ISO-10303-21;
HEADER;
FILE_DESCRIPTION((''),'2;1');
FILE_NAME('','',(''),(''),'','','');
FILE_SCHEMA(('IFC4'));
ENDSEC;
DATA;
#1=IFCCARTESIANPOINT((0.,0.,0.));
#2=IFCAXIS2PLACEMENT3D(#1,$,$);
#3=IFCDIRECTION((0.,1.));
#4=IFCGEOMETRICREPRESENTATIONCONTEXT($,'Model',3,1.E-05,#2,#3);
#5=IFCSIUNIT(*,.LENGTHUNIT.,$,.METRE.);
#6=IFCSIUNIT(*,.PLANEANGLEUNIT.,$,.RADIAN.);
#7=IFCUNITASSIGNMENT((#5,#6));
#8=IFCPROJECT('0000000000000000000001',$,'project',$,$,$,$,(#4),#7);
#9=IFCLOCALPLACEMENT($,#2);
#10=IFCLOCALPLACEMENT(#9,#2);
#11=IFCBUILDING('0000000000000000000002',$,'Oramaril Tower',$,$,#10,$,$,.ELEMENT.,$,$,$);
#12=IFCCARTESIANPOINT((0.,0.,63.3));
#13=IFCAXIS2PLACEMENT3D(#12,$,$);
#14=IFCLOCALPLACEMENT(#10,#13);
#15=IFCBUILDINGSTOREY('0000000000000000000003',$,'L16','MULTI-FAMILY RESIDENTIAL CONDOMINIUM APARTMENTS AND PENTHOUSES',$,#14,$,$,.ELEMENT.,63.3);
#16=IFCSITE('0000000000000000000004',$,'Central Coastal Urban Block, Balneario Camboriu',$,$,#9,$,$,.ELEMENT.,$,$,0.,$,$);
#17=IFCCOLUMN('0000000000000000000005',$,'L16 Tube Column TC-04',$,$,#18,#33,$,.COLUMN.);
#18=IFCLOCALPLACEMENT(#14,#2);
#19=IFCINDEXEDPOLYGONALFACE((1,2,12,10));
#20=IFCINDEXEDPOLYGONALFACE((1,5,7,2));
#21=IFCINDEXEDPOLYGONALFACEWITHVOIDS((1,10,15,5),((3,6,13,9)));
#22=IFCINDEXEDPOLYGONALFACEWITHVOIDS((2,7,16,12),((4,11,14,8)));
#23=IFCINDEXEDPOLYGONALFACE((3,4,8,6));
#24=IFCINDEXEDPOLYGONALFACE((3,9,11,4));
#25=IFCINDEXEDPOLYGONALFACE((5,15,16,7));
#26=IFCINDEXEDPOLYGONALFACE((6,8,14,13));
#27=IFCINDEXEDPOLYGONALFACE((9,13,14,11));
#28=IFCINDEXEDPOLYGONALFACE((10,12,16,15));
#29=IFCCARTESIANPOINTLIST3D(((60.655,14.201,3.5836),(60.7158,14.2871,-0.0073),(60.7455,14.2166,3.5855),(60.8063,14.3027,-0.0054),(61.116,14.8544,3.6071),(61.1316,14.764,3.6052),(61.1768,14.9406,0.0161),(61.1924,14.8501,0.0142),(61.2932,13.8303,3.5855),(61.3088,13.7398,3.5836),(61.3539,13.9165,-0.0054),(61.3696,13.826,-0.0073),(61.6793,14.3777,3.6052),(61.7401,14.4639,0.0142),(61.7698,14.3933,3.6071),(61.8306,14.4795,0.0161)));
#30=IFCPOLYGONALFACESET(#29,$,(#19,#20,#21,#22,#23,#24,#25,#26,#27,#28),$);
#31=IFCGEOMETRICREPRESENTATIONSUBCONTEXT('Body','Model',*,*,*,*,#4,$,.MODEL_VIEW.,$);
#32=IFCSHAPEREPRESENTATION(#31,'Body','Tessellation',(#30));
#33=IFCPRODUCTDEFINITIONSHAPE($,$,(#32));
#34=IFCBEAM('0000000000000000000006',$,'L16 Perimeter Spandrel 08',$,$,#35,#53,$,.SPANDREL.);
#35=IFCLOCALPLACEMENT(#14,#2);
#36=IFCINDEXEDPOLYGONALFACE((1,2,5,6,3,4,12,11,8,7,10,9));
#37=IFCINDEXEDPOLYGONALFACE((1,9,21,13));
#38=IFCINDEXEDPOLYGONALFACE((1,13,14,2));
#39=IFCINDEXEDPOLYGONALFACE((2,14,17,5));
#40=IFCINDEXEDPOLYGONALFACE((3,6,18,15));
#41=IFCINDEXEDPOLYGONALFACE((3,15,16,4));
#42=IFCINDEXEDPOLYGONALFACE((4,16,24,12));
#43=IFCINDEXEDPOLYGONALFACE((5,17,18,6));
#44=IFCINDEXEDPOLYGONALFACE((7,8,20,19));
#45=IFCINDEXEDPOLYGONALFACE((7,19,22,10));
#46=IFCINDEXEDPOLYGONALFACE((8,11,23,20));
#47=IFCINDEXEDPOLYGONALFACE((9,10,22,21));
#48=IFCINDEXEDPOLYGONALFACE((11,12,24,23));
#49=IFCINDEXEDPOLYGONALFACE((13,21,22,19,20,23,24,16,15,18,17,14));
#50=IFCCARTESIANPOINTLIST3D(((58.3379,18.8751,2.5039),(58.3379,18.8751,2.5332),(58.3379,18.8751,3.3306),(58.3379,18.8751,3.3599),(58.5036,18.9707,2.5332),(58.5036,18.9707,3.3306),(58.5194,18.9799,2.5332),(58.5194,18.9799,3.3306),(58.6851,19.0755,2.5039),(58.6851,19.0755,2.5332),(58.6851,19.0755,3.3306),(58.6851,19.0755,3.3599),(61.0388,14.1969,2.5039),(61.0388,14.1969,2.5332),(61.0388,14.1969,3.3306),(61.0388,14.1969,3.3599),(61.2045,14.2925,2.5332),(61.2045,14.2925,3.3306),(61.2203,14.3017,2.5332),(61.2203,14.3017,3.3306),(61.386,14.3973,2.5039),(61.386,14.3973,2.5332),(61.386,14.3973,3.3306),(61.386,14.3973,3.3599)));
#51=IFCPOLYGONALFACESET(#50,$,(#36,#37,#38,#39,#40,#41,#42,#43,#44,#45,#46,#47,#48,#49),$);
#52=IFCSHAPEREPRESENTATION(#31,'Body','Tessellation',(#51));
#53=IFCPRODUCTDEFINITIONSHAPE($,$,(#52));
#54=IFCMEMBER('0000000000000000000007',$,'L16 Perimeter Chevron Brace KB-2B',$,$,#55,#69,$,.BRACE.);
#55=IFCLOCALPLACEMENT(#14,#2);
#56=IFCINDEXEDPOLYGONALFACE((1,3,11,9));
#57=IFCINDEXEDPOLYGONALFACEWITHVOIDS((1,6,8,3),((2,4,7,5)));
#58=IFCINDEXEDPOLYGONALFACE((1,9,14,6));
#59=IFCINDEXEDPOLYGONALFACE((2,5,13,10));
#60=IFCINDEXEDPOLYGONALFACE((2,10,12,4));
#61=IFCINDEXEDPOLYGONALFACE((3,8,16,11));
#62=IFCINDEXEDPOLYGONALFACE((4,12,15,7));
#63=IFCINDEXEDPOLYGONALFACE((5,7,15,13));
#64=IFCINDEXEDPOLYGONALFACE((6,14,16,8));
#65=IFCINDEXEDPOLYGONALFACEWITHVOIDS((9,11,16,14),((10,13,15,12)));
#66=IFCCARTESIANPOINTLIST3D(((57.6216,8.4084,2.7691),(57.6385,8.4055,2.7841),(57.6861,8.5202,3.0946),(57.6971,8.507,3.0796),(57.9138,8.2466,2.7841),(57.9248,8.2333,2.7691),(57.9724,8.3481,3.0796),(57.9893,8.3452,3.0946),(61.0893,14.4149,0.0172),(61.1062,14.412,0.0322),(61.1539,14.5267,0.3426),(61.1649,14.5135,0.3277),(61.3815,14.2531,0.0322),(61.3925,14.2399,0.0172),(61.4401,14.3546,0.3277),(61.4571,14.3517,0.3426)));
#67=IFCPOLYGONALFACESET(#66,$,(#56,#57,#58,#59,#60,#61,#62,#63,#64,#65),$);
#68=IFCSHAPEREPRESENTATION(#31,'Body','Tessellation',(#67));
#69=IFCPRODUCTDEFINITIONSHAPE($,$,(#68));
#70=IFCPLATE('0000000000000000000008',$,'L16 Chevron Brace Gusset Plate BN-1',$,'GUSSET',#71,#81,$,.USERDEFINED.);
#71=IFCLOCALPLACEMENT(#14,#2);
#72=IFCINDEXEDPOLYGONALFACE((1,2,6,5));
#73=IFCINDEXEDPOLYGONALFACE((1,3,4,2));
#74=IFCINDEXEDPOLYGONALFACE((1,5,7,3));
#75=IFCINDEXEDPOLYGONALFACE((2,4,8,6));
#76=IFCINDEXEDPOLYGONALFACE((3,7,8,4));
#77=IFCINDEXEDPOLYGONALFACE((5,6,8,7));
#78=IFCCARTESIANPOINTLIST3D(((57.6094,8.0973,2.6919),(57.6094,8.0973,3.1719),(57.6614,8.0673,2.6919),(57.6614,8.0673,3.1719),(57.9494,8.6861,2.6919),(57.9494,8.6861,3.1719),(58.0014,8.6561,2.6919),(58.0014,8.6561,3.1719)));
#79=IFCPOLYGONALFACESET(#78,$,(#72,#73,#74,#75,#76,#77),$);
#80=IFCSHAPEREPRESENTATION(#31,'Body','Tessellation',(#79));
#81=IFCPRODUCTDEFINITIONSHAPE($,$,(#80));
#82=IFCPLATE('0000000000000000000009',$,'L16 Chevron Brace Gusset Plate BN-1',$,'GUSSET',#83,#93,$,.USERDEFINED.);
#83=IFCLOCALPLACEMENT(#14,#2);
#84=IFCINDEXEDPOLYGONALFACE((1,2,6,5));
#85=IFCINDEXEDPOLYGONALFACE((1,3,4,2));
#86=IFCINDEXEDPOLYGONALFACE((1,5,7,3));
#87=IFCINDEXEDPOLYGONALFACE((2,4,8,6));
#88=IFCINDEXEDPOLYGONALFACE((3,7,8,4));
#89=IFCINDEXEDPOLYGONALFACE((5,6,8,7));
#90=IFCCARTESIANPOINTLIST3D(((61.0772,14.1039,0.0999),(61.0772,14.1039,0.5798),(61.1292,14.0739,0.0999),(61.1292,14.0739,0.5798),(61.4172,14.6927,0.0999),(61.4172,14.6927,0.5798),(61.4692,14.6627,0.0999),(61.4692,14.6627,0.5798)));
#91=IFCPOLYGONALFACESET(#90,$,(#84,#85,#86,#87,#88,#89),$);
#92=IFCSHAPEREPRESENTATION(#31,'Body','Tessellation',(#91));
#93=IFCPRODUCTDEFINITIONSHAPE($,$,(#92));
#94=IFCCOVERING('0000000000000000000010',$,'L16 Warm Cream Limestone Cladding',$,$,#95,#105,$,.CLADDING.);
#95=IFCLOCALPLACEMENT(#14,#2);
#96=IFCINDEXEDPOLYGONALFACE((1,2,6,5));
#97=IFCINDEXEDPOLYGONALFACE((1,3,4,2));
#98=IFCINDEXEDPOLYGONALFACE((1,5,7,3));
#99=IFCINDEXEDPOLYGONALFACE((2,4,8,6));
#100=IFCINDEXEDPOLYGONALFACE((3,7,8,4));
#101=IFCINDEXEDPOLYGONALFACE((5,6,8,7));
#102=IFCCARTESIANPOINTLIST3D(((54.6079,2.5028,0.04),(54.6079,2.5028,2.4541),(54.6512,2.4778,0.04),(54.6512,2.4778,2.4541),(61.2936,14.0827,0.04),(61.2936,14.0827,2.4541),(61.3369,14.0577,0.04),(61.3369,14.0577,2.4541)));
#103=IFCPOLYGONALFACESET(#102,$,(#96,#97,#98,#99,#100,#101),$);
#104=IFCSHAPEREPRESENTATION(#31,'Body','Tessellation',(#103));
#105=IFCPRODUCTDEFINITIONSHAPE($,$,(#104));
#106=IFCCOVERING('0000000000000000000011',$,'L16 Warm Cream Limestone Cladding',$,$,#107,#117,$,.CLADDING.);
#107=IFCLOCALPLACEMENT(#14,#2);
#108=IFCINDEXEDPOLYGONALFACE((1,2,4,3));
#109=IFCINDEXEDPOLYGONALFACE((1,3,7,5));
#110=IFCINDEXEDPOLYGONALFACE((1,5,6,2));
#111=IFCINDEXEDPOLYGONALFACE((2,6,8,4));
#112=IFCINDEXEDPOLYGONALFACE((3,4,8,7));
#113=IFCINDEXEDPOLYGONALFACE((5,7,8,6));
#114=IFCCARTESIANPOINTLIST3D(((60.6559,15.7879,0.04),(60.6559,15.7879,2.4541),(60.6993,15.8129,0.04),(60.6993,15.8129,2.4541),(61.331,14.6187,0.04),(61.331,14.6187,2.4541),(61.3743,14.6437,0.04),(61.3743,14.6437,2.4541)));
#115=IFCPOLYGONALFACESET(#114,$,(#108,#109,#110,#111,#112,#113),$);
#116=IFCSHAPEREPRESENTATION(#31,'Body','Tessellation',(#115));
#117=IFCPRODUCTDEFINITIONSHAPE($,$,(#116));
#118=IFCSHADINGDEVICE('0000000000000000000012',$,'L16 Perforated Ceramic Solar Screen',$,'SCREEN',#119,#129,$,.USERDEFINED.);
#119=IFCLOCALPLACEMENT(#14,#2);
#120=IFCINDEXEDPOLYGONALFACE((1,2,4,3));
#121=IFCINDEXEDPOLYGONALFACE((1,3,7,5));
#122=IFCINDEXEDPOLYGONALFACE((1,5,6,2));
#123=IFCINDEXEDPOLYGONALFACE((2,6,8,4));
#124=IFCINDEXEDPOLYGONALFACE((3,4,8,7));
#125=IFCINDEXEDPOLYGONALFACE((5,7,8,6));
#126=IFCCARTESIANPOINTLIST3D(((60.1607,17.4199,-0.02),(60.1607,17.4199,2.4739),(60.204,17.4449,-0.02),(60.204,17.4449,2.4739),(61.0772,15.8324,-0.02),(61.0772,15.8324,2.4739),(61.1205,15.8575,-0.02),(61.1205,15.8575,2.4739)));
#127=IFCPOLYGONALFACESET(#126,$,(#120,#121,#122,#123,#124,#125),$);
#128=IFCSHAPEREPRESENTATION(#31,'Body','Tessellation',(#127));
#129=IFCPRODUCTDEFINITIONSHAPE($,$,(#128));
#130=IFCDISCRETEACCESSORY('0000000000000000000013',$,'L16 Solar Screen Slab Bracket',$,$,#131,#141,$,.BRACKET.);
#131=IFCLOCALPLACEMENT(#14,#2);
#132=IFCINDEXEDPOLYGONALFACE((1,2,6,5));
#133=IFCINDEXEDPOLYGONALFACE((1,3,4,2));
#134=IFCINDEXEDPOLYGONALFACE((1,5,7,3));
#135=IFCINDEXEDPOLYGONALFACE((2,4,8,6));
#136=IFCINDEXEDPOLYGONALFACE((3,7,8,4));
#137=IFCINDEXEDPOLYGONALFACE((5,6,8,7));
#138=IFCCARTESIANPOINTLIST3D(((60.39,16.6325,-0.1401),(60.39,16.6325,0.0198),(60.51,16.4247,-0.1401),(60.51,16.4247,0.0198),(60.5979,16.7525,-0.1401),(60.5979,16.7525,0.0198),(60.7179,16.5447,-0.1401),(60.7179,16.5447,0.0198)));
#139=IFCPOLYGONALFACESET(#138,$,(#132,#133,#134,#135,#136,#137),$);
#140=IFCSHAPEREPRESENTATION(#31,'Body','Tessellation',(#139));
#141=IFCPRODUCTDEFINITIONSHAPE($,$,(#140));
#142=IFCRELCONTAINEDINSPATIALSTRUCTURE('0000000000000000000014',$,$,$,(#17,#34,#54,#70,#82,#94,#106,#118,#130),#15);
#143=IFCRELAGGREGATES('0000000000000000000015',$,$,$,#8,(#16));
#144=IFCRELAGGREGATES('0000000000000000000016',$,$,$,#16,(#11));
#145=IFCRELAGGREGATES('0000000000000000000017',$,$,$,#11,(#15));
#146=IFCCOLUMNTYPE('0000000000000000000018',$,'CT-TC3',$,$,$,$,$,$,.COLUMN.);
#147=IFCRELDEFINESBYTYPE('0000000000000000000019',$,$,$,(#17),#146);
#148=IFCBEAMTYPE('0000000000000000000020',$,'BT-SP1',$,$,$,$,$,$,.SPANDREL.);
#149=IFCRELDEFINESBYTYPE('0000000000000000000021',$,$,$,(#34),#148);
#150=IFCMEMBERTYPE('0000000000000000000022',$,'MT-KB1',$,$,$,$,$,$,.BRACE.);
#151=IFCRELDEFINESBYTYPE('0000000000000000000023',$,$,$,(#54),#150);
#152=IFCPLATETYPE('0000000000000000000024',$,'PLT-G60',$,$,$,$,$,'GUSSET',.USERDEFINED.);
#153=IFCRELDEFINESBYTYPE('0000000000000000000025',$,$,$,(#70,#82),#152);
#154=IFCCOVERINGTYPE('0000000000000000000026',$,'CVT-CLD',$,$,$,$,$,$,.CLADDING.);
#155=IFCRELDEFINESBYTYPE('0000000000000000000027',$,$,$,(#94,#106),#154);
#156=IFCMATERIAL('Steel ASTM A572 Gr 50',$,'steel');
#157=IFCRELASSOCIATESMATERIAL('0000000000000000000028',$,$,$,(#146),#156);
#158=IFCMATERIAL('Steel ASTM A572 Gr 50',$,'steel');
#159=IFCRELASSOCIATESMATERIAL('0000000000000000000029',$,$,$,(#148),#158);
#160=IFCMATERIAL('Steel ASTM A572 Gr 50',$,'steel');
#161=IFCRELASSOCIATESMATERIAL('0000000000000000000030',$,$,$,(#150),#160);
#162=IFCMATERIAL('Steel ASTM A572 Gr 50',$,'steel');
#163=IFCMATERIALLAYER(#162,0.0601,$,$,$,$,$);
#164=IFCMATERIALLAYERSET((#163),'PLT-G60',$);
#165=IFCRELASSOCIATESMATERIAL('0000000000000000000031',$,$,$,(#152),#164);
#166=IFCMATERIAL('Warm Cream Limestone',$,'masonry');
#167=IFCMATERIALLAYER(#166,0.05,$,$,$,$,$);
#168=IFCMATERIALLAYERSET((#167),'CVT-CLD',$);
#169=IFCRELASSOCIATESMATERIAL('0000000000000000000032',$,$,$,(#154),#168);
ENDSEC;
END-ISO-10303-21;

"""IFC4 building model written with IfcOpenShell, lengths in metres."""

from ifc_helpers import new_model, si_unit, direction, frame, origin, origin_2d, place, context, subcontext, project, spatial, rectangle, hollow_rectangle, i_section, extrude, material, layer, layer_set, material_profile, profile_set, type_object, element, save


model = new_model("IFC4")

# Units and contexts
model_context = context("Model", 3, precision=1e-05, world=origin(), true_north=direction((0.0, 1.0)))
body_context = subcontext(model_context, "Body", "Model", "MODEL_VIEW")
ifc_project = project(units=[si_unit("LENGTHUNIT", "METRE"), si_unit("PLANEANGLEUNIT", "RADIAN")], contexts=[model_context])

# Site, building, storey
site_placement = place(None, origin())
site = spatial("IfcSite", under=ifc_project, at=site_placement, Name="Central Coastal Urban Block, Balneario Camboriu", CompositionType="ELEMENT", RefElevation=0.0)
building_placement = place(site_placement, origin())
building = spatial("IfcBuilding", under=site, at=building_placement, Name="Oramaril Tower", CompositionType="ELEMENT")
storey_placement = place(building_placement, frame((0.0, 0.0, 63.3)))
storey = spatial("IfcBuildingStorey", under=building, at=storey_placement, Name="L16", Description="MULTI-FAMILY RESIDENTIAL CONDOMINIUM APARTMENTS AND PENTHOUSES", CompositionType="ELEMENT", Elevation=63.3)

# Column
ifc_material_1 = material(Name="Steel ASTM A572 Gr 50", Category="steel")
ifc_material_profile_1 = material_profile(ifc_material_1, hollow_rectangle(XDim=0.8, YDim=0.8, WallThickness=0.0649, at=origin_2d()), Name="BOX800X800X65")
ifc_profile_set_1 = profile_set([ifc_material_profile_1], Name="Steel ASTM A572 Gr 50")
column_type = type_object("IfcColumnType", Name="CT-TC3", PredefinedType="COLUMN", material=ifc_profile_set_1)
column_placement = place(storey_placement, frame((61.2732, 14.3833, 0.0044), z_axis=(-0.016921, -0.023989, 0.999569), x_axis=(0.81716, -0.576411, 0.0)))
element("IfcColumn", 1, at=column_placement, inside=storey, type_object=column_type, Name="L16 Tube Column TC-04", PredefinedType="COLUMN", context=body_context, shape_type="SweptSolid", body=[
    extrude(hollow_rectangle(XDim=0.8, YDim=0.8, WallThickness=0.0649, at=origin_2d()), origin(), (0.0, 0.0, 1.0), 3.5925),
])

# Beam
ifc_material_2 = material(Name="Steel ASTM A572 Gr 50", Category="steel")
ifc_material_profile_2 = material_profile(ifc_material_2, i_section(OverallWidth=0.4009, OverallDepth=0.856, WebThickness=0.0183, FlangeThickness=0.0293, at=origin_2d()), Name="W33X201")
ifc_profile_set_2 = profile_set([ifc_material_profile_2], Name="Steel ASTM A572 Gr 50")
beam_type = type_object("IfcBeamType", Name="BT-SP1", PredefinedType="SPANDREL", material=ifc_profile_set_2)
beam_placement = place(storey_placement, frame((61.2124, 14.2971, 2.9319), z_axis=(-0.499994, 0.866029, 0.0), x_axis=(-0.866029, -0.499994, 0.0)))
element("IfcBeam", 2, at=beam_placement, inside=storey, type_object=beam_type, Name="L16 Perimeter Spandrel 08", PredefinedType="SPANDREL", context=body_context, shape_type="SweptSolid", body=[
    extrude(i_section(OverallWidth=0.4009, OverallDepth=0.856, WebThickness=0.0183, FlangeThickness=0.0293, at=origin_2d()), origin(), (0.0, 0.0, 1.0), 5.4019),
])

# Member
ifc_material_3 = material(Name="Steel ASTM A572 Gr 50", Category="steel")
ifc_material_profile_3 = material_profile(ifc_material_3, hollow_rectangle(XDim=0.3501, YDim=0.3501, WallThickness=0.0161, at=origin_2d()), Name="HSS350X350X16")
ifc_profile_set_3 = profile_set([ifc_material_profile_3], Name="Steel ASTM A572 Gr 50")
member_type = type_object("IfcMemberType", Name="MT-KB1", PredefinedType="BRACE", material=ifc_profile_set_3)
member_placement = place(storey_placement, frame((61.2732, 14.3833, 0.1799), z_axis=(-0.464739, -0.804983, 0.368808), x_axis=(0.866034, -0.499986, 0.0)))
element("IfcMember", 3, at=member_placement, inside=storey, type_object=member_type, Name="L16 Perimeter Chevron Brace KB-2B", PredefinedType="BRACE", context=body_context, shape_type="SweptSolid", body=[
    extrude(hollow_rectangle(XDim=0.3501, YDim=0.3501, WallThickness=0.0161, at=origin_2d()), origin(), (0.0, 0.0, 1.0), 7.4617),
])

# Plates
ifc_material_4 = material(Name="Steel ASTM A572 Gr 50", Category="steel")
ifc_layer_1 = layer(ifc_material_4, 0.0601)
ifc_layer_set_1 = layer_set([ifc_layer_1], Name="PLT-G60")
plate_type = type_object("IfcPlateType", Name="PLT-G60", ElementType="GUSSET", PredefinedType="USERDEFINED", material=ifc_layer_set_1)
for number, where, z_axis, x_axis, name in (
    (4, (57.8054, 8.3767, 2.6919), (0.0, 0.0, 1.0), (0.500003, 0.866024, 0.0), "L16 Chevron Brace Gusset Plate BN-1"),
    (5, (61.2732, 14.3833, 0.0999), (0.0, 0.0, 1.0), (0.500003, 0.866024, 0.0), "L16 Chevron Brace Gusset Plate BN-1"),
):
    element("IfcPlate", number, at=place(storey_placement, frame(where, z_axis=z_axis, x_axis=x_axis)), inside=storey, type_object=plate_type, Name=name, ObjectType="GUSSET", PredefinedType="USERDEFINED", context=body_context, shape_type="SweptSolid", body=[
        extrude(rectangle(XDim=0.6799, YDim=0.0601, at=origin_2d()), origin(), (0.0, 0.0, 1.0), 0.48),
    ])

# Coverings
ifc_material_5 = material(Name="Warm Cream Limestone", Category="masonry")
ifc_layer_2 = layer(ifc_material_5, 0.05)
ifc_layer_set_2 = layer_set([ifc_layer_2], Name="CVT-CLD")
covering_type = type_object("IfcCoveringType", Name="CVT-CLD", PredefinedType="CLADDING", material=ifc_layer_set_2)
covering_1_placement = place(storey_placement, frame((57.9724, 8.2803, 0.04), z_axis=(0.0, 0.0, 1.0), x_axis=(0.500003, 0.866024, 0.0)))
element("IfcCovering", 6, at=covering_1_placement, inside=storey, type_object=covering_type, Name="L16 Warm Cream Limestone Cladding", PredefinedType="CLADDING", context=body_context, shape_type="SweptSolid", body=[
    extrude(rectangle(XDim=13.3713, YDim=0.05, at=origin_2d()), origin(), (0.0, 0.0, 1.0), 2.4141),
])
covering_2_placement = place(storey_placement, frame((61.0151, 15.2158, 0.04), z_axis=(0.0, 0.0, 1.0), x_axis=(-0.499998, 0.866026, 0.0)))
element("IfcCovering", 7, at=covering_2_placement, inside=storey, type_object=covering_type, Name="L16 Warm Cream Limestone Cladding", PredefinedType="CLADDING", context=body_context, shape_type="SweptSolid", body=[
    extrude(rectangle(XDim=1.3501, YDim=0.05, at=origin_2d()), origin(), (0.0, 0.0, 1.0), 2.4141),
])

# Shading device
shading_device_placement = place(storey_placement, frame((60.6406, 16.6387, -0.02), z_axis=(0.0, 0.0, 1.0), x_axis=(-0.499998, 0.866026, 0.0)))
element("IfcShadingDevice", 8, at=shading_device_placement, inside=storey, Name="L16 Perforated Ceramic Solar Screen", ObjectType="SCREEN", PredefinedType="USERDEFINED", context=body_context, shape_type="SweptSolid", body=[
    extrude(rectangle(XDim=1.833, YDim=0.05, at=origin_2d()), origin(), (0.0, 0.0, 1.0), 2.4939),
])

# Discrete accessory
discrete_accessory_placement = place(storey_placement, frame((60.554, 16.5886, -0.1401), z_axis=(0.0, 0.0, 1.0), x_axis=(-0.499998, 0.866026, 0.0)))
element("IfcDiscreteAccessory", 9, at=discrete_accessory_placement, inside=storey, Name="L16 Solar Screen Slab Bracket", PredefinedType="BRACKET", context=body_context, shape_type="SweptSolid", body=[
    extrude(rectangle(XDim=0.24, YDim=0.24, at=origin_2d()), origin(), (0.0, 0.0, 1.0), 0.1599),
])

save(model, "model.ifc")
